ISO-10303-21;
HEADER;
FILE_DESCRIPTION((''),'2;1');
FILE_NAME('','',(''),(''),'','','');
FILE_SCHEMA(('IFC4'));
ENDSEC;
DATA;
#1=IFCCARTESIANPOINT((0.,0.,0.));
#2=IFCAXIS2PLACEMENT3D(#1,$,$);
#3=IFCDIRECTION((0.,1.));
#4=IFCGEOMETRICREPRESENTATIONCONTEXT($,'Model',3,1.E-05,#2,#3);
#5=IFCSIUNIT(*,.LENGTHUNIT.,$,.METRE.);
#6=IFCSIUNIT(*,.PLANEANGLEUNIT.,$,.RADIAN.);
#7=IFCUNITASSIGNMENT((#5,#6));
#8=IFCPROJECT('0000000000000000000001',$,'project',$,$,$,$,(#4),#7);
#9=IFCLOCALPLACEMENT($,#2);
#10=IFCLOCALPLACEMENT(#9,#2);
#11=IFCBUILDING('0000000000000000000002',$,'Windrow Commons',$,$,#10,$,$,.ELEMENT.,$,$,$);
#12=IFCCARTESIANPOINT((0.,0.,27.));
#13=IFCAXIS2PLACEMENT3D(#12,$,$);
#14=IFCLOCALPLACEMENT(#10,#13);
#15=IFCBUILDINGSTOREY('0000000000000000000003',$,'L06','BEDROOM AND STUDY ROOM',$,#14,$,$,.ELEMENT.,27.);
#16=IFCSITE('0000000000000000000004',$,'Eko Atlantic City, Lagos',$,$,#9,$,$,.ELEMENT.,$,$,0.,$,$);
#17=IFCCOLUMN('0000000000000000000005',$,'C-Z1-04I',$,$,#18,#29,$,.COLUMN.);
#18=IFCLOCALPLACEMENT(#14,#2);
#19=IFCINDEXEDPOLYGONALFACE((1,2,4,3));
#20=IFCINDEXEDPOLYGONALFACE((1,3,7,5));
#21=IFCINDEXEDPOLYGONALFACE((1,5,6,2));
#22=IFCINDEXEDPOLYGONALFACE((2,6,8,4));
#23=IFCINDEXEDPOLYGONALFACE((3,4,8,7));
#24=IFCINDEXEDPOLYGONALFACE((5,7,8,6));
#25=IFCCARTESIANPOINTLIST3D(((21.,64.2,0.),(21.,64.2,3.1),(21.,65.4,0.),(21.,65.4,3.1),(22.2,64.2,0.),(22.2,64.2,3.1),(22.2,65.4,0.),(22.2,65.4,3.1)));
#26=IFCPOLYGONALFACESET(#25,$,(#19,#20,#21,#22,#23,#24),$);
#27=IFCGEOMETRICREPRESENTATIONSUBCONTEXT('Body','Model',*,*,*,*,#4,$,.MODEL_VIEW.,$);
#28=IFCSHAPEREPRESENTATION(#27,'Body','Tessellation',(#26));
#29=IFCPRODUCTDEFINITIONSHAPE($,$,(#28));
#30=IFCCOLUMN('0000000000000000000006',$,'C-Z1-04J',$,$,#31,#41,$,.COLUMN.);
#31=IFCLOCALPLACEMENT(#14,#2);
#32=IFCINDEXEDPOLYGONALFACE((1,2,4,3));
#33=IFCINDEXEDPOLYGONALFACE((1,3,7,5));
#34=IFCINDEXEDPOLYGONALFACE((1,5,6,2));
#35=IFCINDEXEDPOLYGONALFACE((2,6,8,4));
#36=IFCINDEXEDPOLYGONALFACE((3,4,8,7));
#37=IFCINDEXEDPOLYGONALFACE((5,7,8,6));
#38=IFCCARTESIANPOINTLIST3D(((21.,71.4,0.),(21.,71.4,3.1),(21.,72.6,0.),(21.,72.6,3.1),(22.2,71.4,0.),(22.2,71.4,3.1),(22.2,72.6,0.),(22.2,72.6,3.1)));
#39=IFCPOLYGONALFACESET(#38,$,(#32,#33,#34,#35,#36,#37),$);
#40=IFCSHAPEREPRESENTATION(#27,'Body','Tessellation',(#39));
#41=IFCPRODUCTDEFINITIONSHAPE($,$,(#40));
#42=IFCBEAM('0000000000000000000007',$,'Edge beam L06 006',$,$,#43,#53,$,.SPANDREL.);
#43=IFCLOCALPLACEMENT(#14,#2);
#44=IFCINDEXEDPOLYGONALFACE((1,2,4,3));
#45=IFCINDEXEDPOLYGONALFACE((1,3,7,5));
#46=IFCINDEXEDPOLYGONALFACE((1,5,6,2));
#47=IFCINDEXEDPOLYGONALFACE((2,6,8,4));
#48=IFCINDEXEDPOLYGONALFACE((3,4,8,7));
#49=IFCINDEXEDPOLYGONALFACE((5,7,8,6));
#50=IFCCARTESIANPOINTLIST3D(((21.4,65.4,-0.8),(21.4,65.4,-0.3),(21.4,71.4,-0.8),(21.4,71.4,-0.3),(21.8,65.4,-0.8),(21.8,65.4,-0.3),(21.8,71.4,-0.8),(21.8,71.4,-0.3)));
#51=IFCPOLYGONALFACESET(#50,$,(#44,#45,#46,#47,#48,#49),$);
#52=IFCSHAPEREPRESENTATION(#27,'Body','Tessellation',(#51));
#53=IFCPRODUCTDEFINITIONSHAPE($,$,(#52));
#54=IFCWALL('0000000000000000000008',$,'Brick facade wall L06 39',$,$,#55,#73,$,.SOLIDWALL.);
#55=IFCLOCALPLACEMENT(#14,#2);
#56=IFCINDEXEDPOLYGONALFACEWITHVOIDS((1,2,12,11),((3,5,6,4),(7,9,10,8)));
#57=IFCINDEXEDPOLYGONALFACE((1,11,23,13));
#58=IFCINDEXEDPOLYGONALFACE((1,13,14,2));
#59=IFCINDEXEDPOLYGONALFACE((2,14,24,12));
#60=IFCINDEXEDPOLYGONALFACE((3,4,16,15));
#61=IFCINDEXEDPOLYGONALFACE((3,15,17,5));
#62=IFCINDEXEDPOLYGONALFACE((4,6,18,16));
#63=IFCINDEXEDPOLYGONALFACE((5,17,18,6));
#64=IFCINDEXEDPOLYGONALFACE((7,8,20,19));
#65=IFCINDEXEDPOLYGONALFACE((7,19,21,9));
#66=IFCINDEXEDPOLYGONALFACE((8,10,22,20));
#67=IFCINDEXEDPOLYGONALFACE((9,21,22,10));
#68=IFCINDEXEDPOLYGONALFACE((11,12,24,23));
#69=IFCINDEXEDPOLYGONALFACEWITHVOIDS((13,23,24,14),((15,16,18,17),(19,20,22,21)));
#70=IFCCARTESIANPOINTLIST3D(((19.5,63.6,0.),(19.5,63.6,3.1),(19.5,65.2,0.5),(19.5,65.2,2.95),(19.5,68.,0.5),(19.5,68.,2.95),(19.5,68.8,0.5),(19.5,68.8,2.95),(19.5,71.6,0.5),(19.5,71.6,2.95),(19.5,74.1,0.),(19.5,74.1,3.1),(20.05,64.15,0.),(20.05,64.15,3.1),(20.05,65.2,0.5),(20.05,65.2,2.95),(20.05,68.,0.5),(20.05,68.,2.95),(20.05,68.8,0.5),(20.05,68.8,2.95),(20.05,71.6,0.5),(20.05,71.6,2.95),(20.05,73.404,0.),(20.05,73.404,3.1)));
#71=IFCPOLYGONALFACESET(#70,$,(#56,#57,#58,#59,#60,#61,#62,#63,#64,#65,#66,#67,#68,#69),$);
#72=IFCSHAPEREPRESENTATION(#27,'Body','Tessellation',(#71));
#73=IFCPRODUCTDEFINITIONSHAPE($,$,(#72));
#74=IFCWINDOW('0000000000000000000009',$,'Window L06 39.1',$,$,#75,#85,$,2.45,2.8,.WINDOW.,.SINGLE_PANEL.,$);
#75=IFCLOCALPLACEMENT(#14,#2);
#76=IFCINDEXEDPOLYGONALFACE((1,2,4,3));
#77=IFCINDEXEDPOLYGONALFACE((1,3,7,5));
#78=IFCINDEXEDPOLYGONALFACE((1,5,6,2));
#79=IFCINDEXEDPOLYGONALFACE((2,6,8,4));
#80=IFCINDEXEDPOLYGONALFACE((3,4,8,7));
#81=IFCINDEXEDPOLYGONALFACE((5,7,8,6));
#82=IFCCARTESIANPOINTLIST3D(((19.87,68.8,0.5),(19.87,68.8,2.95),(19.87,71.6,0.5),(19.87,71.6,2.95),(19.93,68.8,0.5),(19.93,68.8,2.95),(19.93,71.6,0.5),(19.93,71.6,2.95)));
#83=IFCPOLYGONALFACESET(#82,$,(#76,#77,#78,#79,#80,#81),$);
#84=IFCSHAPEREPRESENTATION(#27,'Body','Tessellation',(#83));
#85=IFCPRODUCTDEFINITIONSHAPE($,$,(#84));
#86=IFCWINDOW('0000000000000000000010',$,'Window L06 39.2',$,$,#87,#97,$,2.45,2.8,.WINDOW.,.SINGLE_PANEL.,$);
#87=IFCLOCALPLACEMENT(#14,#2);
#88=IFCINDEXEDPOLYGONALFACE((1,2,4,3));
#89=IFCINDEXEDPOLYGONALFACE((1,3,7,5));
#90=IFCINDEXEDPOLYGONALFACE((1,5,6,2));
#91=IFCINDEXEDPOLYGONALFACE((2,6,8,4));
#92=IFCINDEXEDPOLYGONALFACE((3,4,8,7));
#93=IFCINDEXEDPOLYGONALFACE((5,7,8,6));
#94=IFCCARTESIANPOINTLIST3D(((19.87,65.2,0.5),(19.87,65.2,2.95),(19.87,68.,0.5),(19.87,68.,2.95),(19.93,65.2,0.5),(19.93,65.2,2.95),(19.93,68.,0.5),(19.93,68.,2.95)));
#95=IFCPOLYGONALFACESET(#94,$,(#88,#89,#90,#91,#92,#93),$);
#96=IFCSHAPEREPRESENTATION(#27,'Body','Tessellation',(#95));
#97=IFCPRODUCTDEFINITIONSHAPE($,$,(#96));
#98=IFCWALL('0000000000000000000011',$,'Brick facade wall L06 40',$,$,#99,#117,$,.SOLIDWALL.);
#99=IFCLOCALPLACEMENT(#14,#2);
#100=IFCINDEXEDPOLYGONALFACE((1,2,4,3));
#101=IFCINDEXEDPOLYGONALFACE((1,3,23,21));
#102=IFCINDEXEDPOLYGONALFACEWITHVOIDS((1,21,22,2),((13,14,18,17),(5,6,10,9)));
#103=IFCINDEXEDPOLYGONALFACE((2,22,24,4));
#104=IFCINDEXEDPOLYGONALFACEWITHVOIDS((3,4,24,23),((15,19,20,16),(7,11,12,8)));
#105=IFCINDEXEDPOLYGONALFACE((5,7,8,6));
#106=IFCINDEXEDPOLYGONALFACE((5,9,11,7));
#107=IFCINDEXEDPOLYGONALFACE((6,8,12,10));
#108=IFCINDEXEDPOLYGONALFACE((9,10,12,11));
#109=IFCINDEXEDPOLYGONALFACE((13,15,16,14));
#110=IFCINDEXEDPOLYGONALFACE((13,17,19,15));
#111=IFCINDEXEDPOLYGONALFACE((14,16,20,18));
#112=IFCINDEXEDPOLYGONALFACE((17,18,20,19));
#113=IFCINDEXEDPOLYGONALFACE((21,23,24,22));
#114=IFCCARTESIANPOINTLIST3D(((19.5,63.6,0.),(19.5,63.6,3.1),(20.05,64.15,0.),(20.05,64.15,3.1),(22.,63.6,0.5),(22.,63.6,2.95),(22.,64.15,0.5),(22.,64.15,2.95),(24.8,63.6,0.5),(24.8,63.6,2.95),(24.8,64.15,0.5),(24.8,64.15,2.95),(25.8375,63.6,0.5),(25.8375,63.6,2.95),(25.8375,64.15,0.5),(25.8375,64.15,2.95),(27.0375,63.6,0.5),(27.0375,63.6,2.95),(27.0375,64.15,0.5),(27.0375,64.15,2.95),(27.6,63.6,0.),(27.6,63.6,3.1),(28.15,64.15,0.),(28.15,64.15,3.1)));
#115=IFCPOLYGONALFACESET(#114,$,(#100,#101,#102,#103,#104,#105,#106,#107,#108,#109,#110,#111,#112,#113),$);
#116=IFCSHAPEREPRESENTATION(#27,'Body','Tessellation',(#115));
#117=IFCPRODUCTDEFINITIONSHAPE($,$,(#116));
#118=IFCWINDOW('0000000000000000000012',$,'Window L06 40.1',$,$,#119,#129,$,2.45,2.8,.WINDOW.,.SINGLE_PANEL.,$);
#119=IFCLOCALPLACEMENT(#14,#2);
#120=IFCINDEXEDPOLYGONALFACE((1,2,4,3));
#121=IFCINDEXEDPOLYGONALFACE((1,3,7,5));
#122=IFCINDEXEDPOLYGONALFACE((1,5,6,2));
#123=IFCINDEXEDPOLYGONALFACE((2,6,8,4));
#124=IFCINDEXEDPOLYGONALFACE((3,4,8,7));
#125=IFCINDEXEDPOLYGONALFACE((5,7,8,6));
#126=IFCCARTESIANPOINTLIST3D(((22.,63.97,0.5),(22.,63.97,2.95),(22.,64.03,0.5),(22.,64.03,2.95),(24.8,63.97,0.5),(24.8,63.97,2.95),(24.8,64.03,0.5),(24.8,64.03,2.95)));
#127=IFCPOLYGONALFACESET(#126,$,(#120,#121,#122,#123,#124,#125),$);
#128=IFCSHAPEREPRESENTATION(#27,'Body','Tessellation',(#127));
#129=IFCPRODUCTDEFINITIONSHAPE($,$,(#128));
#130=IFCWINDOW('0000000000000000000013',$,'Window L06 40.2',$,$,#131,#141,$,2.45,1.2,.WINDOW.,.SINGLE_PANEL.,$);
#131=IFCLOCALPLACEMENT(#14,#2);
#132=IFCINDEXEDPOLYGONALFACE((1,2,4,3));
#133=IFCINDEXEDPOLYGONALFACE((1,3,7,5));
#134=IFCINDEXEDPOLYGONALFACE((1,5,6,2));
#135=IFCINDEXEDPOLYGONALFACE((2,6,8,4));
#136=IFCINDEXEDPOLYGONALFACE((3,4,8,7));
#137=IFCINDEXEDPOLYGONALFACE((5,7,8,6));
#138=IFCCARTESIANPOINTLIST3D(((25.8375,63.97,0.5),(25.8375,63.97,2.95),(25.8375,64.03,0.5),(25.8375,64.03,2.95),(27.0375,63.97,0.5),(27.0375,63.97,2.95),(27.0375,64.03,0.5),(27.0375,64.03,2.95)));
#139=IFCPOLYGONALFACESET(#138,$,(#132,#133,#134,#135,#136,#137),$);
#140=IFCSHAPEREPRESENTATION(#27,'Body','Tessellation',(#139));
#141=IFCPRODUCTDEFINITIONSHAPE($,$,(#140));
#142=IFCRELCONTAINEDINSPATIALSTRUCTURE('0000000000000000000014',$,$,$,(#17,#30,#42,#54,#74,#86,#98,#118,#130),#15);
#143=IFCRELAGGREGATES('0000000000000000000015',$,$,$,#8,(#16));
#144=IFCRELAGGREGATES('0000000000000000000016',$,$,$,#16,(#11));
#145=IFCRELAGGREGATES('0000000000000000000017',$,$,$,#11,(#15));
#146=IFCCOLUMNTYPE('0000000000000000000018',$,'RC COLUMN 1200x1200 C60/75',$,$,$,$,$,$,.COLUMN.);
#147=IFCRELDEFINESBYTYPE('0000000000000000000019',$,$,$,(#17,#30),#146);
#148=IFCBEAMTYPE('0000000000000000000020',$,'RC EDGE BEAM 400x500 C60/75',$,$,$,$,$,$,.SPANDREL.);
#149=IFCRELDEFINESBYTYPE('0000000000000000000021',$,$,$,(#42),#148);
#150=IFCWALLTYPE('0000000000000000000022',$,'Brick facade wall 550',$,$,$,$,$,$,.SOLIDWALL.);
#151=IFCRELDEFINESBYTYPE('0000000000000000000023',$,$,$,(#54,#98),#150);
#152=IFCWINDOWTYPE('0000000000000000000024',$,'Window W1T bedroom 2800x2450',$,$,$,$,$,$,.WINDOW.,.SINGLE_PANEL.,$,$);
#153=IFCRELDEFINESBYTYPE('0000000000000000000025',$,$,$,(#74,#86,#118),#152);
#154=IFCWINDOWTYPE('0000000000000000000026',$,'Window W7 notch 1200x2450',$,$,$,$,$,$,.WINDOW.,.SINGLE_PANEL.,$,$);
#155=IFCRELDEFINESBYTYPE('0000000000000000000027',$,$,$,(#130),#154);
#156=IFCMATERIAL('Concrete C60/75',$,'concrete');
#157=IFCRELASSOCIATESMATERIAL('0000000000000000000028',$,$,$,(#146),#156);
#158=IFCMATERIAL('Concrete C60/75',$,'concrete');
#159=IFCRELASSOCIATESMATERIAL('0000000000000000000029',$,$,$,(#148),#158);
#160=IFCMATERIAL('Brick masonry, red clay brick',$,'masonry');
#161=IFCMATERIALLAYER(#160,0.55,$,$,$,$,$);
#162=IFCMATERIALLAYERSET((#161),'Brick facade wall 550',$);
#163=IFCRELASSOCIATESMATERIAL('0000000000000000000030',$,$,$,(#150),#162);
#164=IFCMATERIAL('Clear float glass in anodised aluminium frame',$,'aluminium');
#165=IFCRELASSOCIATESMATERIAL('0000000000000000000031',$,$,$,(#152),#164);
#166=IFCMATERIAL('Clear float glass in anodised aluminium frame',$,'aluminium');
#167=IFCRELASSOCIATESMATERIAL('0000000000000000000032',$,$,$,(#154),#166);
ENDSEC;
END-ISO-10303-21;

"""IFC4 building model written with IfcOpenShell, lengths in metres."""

from ifc_helpers import new_model, si_unit, direction, frame, frame_2d, origin, origin_2d, place, context, subcontext, project, spatial, polyline, rectangle, outline, extrude, material, layer, layer_set, material_profile, profile_set, type_object, element, fill, save


model = new_model("IFC4")

# Units and contexts
model_context = context("Model", 3, precision=1e-05, world=origin(), true_north=direction((0.0, 1.0)))
body_context = subcontext(model_context, "Body", "Model", "MODEL_VIEW")
ifc_project = project(units=[si_unit("LENGTHUNIT", "METRE"), si_unit("PLANEANGLEUNIT", "RADIAN")], contexts=[model_context])

# Site, building, storey
site_placement = place(None, origin())
site = spatial("IfcSite", under=ifc_project, at=site_placement, Name="Eko Atlantic City, Lagos", CompositionType="ELEMENT", RefElevation=0.0)
building_placement = place(site_placement, origin())
building = spatial("IfcBuilding", under=site, at=building_placement, Name="Windrow Commons", CompositionType="ELEMENT")
storey_placement = place(building_placement, frame((0.0, 0.0, 27.0)))
storey = spatial("IfcBuildingStorey", under=building, at=storey_placement, Name="L06", Description="BEDROOM AND STUDY ROOM", CompositionType="ELEMENT", Elevation=27.0)

# Columns
ifc_material_1 = material(Name="Concrete C60/75", Category="concrete")
ifc_material_profile_1 = material_profile(ifc_material_1, rectangle(XDim=1.2, YDim=1.2, at=origin_2d()))
ifc_profile_set_1 = profile_set([ifc_material_profile_1], Name="Concrete C60/75")
column_type = type_object("IfcColumnType", Name="RC COLUMN 1200x1200 C60/75", PredefinedType="COLUMN", material=ifc_profile_set_1)
for number, where, z_axis, x_axis, name in (
    (1, (21.6, 64.8, 0.0), (0.0, 0.0, 1.0), (1.0, 0.0, 0.0), "C-Z1-04I"),
    (2, (21.6, 72.0, 0.0), (0.0, 0.0, 1.0), (1.0, 0.0, 0.0), "C-Z1-04J"),
):
    element("IfcColumn", number, at=place(storey_placement, frame(where, z_axis=z_axis, x_axis=x_axis)), inside=storey, type_object=column_type, Name=name, PredefinedType="COLUMN", context=body_context, shape_type="SweptSolid", body=[
        extrude(rectangle(XDim=1.2, YDim=1.2, at=origin_2d()), origin(), (0.0, 0.0, 1.0), 3.1),
    ])

# Beam
ifc_material_2 = material(Name="Concrete C60/75", Category="concrete")
ifc_material_profile_2 = material_profile(ifc_material_2, rectangle(XDim=0.4, YDim=0.5, at=origin_2d()))
ifc_profile_set_2 = profile_set([ifc_material_profile_2], Name="Concrete C60/75")
beam_type = type_object("IfcBeamType", Name="RC EDGE BEAM 400x500 C60/75", PredefinedType="SPANDREL", material=ifc_profile_set_2)
beam_placement = place(storey_placement, frame((21.6, 65.4, -0.55), z_axis=(0.0, 1.0, 0.0), x_axis=(-1.0, 0.0, 0.0)))
element("IfcBeam", 3, at=beam_placement, inside=storey, type_object=beam_type, Name="Edge beam L06 006", PredefinedType="SPANDREL", context=body_context, shape_type="SweptSolid", body=[
    extrude(rectangle(XDim=0.4, YDim=0.5, at=origin_2d()), origin(), (0.0, 0.0, 1.0), 6.0),
])

# Walls, openings, windows
ifc_material_3 = material(Name="Brick masonry, red clay brick", Category="masonry")
ifc_layer_1 = layer(ifc_material_3, 0.55)
ifc_layer_set_1 = layer_set([ifc_layer_1], Name="Brick facade wall 550")
wall_type_1 = type_object("IfcWallType", Name="Brick facade wall 550", PredefinedType="SOLIDWALL", material=ifc_layer_set_1)
wall_1_placement = place(storey_placement, frame((19.775, 73.752, 0.0), z_axis=(0.0, 0.0, 1.0), x_axis=(0.0, -1.0, 0.0)))
wall_1 = element("IfcWall", 4, at=wall_1_placement, inside=storey, type_object=wall_type_1, Name="Brick facade wall L06 39", PredefinedType="SOLIDWALL", context=body_context, shape_type="SweptSolid", body=[
    extrude(outline(polyline([(-0.348, -0.275), (10.152, -0.275), (9.602, 0.275), (0.348, 0.275), (-0.348, -0.275)])), origin(), (0.0, 0.0, 1.0), 3.1),
])
opening_1_placement = place(wall_1_placement, frame((2.152, 0.0, 0.5)))
opening_1 = element("IfcOpeningElement", 5, at=opening_1_placement, cuts=wall_1, PredefinedType="OPENING", context=body_context, shape_type="SweptSolid", body=[
    extrude(rectangle(XDim=2.8, YDim=2.45, at=frame_2d((1.4, 1.225))), frame((0.0, 0.285, 0.0), z_axis=(0.0, -1.0, 0.0), x_axis=(1.0, 0.0, 0.0)), (0.0, 0.0, 1.0), 0.57),
])
opening_2_placement = place(wall_1_placement, frame((5.752, 0.0, 0.5)))
opening_2 = element("IfcOpeningElement", 6, at=opening_2_placement, cuts=wall_1, PredefinedType="OPENING", context=body_context, shape_type="SweptSolid", body=[
    extrude(rectangle(XDim=2.8, YDim=2.45, at=frame_2d((1.4, 1.225))), frame((0.0, 0.285, 0.0), z_axis=(0.0, -1.0, 0.0), x_axis=(1.0, 0.0, 0.0)), (0.0, 0.0, 1.0), 0.57),
])
ifc_material_4 = material(Name="Clear float glass in anodised aluminium frame", Category="aluminium")
window_type_1 = type_object("IfcWindowType", Name="Window W1T bedroom 2800x2450", PartitioningType="SINGLE_PANEL", PredefinedType="WINDOW", material=ifc_material_4)
window_1_placement = place(opening_1_placement, origin())
window_1 = element("IfcWindow", 7, at=window_1_placement, inside=storey, type_object=window_type_1, Name="Window L06 39.1", OverallHeight=2.45, OverallWidth=2.8, PartitioningType="SINGLE_PANEL", PredefinedType="WINDOW", context=body_context, shape_type="SweptSolid", body=[
    extrude(rectangle(XDim=2.8, YDim=2.45, at=frame_2d((1.4, 1.225))), frame((0.0, 0.155, 0.0), z_axis=(0.0, -1.0, 0.0), x_axis=(1.0, 0.0, 0.0)), (0.0, 0.0, 1.0), 0.06),
])
fill(opening_1, window_1)
window_2_placement = place(opening_2_placement, origin())
window_2 = element("IfcWindow", 8, at=window_2_placement, inside=storey, type_object=window_type_1, Name="Window L06 39.2", OverallHeight=2.45, OverallWidth=2.8, PartitioningType="SINGLE_PANEL", PredefinedType="WINDOW", context=body_context, shape_type="SweptSolid", body=[
    extrude(rectangle(XDim=2.8, YDim=2.45, at=frame_2d((1.4, 1.225))), frame((0.0, 0.155, 0.0), z_axis=(0.0, -1.0, 0.0), x_axis=(1.0, 0.0, 0.0)), (0.0, 0.0, 1.0), 0.06),
])
fill(opening_2, window_2)
wall_2_placement = place(storey_placement, frame((19.775, 63.875, 0.0), z_axis=(0.0, 0.0, 1.0), x_axis=(1.0, 0.0, 0.0)))
wall_2 = element("IfcWall", 9, at=wall_2_placement, inside=storey, type_object=wall_type_1, Name="Brick facade wall L06 40", PredefinedType="SOLIDWALL", context=body_context, shape_type="SweptSolid", body=[
    extrude(outline(polyline([(-0.275, -0.275), (7.825, -0.275), (8.375, 0.275), (0.275, 0.275), (-0.275, -0.275)])), origin(), (0.0, 0.0, 1.0), 3.1),
])
opening_3_placement = place(wall_2_placement, frame((2.225, 0.0, 0.5)))
opening_3 = element("IfcOpeningElement", 10, at=opening_3_placement, cuts=wall_2, PredefinedType="OPENING", context=body_context, shape_type="SweptSolid", body=[
    extrude(rectangle(XDim=2.8, YDim=2.45, at=frame_2d((1.4, 1.225))), frame((0.0, 0.285, 0.0), z_axis=(0.0, -1.0, 0.0), x_axis=(1.0, 0.0, 0.0)), (0.0, 0.0, 1.0), 0.57),
])
opening_4_placement = place(wall_2_placement, frame((6.0625, 0.0, 0.5)))
opening_4 = element("IfcOpeningElement", 11, at=opening_4_placement, cuts=wall_2, PredefinedType="OPENING", context=body_context, shape_type="SweptSolid", body=[
    extrude(rectangle(XDim=1.2, YDim=2.45, at=frame_2d((0.6, 1.225))), frame((0.0, 0.285, 0.0), z_axis=(0.0, -1.0, 0.0), x_axis=(1.0, 0.0, 0.0)), (0.0, 0.0, 1.0), 0.57),
])
window_3_placement = place(opening_3_placement, origin())
window_3 = element("IfcWindow", 12, at=window_3_placement, inside=storey, type_object=window_type_1, Name="Window L06 40.1", OverallHeight=2.45, OverallWidth=2.8, PartitioningType="SINGLE_PANEL", PredefinedType="WINDOW", context=body_context, shape_type="SweptSolid", body=[
    extrude(rectangle(XDim=2.8, YDim=2.45, at=frame_2d((1.4, 1.225))), frame((0.0, 0.155, 0.0), z_axis=(0.0, -1.0, 0.0), x_axis=(1.0, 0.0, 0.0)), (0.0, 0.0, 1.0), 0.06),
])
fill(opening_3, window_3)
ifc_material_5 = material(Name="Clear float glass in anodised aluminium frame", Category="aluminium")
window_type_2 = type_object("IfcWindowType", Name="Window W7 notch 1200x2450", PartitioningType="SINGLE_PANEL", PredefinedType="WINDOW", material=ifc_material_5)
window_4_placement = place(opening_4_placement, origin())
window_4 = element("IfcWindow", 13, at=window_4_placement, inside=storey, type_object=window_type_2, Name="Window L06 40.2", OverallHeight=2.45, OverallWidth=1.2, PartitioningType="SINGLE_PANEL", PredefinedType="WINDOW", context=body_context, shape_type="SweptSolid", body=[
    extrude(rectangle(XDim=1.2, YDim=2.45, at=frame_2d((0.6, 1.225))), frame((0.0, 0.155, 0.0), z_axis=(0.0, -1.0, 0.0), x_axis=(1.0, 0.0, 0.0)), (0.0, 0.0, 1.0), 0.06),
])
fill(opening_4, window_4)

save(model, "model.ifc")
